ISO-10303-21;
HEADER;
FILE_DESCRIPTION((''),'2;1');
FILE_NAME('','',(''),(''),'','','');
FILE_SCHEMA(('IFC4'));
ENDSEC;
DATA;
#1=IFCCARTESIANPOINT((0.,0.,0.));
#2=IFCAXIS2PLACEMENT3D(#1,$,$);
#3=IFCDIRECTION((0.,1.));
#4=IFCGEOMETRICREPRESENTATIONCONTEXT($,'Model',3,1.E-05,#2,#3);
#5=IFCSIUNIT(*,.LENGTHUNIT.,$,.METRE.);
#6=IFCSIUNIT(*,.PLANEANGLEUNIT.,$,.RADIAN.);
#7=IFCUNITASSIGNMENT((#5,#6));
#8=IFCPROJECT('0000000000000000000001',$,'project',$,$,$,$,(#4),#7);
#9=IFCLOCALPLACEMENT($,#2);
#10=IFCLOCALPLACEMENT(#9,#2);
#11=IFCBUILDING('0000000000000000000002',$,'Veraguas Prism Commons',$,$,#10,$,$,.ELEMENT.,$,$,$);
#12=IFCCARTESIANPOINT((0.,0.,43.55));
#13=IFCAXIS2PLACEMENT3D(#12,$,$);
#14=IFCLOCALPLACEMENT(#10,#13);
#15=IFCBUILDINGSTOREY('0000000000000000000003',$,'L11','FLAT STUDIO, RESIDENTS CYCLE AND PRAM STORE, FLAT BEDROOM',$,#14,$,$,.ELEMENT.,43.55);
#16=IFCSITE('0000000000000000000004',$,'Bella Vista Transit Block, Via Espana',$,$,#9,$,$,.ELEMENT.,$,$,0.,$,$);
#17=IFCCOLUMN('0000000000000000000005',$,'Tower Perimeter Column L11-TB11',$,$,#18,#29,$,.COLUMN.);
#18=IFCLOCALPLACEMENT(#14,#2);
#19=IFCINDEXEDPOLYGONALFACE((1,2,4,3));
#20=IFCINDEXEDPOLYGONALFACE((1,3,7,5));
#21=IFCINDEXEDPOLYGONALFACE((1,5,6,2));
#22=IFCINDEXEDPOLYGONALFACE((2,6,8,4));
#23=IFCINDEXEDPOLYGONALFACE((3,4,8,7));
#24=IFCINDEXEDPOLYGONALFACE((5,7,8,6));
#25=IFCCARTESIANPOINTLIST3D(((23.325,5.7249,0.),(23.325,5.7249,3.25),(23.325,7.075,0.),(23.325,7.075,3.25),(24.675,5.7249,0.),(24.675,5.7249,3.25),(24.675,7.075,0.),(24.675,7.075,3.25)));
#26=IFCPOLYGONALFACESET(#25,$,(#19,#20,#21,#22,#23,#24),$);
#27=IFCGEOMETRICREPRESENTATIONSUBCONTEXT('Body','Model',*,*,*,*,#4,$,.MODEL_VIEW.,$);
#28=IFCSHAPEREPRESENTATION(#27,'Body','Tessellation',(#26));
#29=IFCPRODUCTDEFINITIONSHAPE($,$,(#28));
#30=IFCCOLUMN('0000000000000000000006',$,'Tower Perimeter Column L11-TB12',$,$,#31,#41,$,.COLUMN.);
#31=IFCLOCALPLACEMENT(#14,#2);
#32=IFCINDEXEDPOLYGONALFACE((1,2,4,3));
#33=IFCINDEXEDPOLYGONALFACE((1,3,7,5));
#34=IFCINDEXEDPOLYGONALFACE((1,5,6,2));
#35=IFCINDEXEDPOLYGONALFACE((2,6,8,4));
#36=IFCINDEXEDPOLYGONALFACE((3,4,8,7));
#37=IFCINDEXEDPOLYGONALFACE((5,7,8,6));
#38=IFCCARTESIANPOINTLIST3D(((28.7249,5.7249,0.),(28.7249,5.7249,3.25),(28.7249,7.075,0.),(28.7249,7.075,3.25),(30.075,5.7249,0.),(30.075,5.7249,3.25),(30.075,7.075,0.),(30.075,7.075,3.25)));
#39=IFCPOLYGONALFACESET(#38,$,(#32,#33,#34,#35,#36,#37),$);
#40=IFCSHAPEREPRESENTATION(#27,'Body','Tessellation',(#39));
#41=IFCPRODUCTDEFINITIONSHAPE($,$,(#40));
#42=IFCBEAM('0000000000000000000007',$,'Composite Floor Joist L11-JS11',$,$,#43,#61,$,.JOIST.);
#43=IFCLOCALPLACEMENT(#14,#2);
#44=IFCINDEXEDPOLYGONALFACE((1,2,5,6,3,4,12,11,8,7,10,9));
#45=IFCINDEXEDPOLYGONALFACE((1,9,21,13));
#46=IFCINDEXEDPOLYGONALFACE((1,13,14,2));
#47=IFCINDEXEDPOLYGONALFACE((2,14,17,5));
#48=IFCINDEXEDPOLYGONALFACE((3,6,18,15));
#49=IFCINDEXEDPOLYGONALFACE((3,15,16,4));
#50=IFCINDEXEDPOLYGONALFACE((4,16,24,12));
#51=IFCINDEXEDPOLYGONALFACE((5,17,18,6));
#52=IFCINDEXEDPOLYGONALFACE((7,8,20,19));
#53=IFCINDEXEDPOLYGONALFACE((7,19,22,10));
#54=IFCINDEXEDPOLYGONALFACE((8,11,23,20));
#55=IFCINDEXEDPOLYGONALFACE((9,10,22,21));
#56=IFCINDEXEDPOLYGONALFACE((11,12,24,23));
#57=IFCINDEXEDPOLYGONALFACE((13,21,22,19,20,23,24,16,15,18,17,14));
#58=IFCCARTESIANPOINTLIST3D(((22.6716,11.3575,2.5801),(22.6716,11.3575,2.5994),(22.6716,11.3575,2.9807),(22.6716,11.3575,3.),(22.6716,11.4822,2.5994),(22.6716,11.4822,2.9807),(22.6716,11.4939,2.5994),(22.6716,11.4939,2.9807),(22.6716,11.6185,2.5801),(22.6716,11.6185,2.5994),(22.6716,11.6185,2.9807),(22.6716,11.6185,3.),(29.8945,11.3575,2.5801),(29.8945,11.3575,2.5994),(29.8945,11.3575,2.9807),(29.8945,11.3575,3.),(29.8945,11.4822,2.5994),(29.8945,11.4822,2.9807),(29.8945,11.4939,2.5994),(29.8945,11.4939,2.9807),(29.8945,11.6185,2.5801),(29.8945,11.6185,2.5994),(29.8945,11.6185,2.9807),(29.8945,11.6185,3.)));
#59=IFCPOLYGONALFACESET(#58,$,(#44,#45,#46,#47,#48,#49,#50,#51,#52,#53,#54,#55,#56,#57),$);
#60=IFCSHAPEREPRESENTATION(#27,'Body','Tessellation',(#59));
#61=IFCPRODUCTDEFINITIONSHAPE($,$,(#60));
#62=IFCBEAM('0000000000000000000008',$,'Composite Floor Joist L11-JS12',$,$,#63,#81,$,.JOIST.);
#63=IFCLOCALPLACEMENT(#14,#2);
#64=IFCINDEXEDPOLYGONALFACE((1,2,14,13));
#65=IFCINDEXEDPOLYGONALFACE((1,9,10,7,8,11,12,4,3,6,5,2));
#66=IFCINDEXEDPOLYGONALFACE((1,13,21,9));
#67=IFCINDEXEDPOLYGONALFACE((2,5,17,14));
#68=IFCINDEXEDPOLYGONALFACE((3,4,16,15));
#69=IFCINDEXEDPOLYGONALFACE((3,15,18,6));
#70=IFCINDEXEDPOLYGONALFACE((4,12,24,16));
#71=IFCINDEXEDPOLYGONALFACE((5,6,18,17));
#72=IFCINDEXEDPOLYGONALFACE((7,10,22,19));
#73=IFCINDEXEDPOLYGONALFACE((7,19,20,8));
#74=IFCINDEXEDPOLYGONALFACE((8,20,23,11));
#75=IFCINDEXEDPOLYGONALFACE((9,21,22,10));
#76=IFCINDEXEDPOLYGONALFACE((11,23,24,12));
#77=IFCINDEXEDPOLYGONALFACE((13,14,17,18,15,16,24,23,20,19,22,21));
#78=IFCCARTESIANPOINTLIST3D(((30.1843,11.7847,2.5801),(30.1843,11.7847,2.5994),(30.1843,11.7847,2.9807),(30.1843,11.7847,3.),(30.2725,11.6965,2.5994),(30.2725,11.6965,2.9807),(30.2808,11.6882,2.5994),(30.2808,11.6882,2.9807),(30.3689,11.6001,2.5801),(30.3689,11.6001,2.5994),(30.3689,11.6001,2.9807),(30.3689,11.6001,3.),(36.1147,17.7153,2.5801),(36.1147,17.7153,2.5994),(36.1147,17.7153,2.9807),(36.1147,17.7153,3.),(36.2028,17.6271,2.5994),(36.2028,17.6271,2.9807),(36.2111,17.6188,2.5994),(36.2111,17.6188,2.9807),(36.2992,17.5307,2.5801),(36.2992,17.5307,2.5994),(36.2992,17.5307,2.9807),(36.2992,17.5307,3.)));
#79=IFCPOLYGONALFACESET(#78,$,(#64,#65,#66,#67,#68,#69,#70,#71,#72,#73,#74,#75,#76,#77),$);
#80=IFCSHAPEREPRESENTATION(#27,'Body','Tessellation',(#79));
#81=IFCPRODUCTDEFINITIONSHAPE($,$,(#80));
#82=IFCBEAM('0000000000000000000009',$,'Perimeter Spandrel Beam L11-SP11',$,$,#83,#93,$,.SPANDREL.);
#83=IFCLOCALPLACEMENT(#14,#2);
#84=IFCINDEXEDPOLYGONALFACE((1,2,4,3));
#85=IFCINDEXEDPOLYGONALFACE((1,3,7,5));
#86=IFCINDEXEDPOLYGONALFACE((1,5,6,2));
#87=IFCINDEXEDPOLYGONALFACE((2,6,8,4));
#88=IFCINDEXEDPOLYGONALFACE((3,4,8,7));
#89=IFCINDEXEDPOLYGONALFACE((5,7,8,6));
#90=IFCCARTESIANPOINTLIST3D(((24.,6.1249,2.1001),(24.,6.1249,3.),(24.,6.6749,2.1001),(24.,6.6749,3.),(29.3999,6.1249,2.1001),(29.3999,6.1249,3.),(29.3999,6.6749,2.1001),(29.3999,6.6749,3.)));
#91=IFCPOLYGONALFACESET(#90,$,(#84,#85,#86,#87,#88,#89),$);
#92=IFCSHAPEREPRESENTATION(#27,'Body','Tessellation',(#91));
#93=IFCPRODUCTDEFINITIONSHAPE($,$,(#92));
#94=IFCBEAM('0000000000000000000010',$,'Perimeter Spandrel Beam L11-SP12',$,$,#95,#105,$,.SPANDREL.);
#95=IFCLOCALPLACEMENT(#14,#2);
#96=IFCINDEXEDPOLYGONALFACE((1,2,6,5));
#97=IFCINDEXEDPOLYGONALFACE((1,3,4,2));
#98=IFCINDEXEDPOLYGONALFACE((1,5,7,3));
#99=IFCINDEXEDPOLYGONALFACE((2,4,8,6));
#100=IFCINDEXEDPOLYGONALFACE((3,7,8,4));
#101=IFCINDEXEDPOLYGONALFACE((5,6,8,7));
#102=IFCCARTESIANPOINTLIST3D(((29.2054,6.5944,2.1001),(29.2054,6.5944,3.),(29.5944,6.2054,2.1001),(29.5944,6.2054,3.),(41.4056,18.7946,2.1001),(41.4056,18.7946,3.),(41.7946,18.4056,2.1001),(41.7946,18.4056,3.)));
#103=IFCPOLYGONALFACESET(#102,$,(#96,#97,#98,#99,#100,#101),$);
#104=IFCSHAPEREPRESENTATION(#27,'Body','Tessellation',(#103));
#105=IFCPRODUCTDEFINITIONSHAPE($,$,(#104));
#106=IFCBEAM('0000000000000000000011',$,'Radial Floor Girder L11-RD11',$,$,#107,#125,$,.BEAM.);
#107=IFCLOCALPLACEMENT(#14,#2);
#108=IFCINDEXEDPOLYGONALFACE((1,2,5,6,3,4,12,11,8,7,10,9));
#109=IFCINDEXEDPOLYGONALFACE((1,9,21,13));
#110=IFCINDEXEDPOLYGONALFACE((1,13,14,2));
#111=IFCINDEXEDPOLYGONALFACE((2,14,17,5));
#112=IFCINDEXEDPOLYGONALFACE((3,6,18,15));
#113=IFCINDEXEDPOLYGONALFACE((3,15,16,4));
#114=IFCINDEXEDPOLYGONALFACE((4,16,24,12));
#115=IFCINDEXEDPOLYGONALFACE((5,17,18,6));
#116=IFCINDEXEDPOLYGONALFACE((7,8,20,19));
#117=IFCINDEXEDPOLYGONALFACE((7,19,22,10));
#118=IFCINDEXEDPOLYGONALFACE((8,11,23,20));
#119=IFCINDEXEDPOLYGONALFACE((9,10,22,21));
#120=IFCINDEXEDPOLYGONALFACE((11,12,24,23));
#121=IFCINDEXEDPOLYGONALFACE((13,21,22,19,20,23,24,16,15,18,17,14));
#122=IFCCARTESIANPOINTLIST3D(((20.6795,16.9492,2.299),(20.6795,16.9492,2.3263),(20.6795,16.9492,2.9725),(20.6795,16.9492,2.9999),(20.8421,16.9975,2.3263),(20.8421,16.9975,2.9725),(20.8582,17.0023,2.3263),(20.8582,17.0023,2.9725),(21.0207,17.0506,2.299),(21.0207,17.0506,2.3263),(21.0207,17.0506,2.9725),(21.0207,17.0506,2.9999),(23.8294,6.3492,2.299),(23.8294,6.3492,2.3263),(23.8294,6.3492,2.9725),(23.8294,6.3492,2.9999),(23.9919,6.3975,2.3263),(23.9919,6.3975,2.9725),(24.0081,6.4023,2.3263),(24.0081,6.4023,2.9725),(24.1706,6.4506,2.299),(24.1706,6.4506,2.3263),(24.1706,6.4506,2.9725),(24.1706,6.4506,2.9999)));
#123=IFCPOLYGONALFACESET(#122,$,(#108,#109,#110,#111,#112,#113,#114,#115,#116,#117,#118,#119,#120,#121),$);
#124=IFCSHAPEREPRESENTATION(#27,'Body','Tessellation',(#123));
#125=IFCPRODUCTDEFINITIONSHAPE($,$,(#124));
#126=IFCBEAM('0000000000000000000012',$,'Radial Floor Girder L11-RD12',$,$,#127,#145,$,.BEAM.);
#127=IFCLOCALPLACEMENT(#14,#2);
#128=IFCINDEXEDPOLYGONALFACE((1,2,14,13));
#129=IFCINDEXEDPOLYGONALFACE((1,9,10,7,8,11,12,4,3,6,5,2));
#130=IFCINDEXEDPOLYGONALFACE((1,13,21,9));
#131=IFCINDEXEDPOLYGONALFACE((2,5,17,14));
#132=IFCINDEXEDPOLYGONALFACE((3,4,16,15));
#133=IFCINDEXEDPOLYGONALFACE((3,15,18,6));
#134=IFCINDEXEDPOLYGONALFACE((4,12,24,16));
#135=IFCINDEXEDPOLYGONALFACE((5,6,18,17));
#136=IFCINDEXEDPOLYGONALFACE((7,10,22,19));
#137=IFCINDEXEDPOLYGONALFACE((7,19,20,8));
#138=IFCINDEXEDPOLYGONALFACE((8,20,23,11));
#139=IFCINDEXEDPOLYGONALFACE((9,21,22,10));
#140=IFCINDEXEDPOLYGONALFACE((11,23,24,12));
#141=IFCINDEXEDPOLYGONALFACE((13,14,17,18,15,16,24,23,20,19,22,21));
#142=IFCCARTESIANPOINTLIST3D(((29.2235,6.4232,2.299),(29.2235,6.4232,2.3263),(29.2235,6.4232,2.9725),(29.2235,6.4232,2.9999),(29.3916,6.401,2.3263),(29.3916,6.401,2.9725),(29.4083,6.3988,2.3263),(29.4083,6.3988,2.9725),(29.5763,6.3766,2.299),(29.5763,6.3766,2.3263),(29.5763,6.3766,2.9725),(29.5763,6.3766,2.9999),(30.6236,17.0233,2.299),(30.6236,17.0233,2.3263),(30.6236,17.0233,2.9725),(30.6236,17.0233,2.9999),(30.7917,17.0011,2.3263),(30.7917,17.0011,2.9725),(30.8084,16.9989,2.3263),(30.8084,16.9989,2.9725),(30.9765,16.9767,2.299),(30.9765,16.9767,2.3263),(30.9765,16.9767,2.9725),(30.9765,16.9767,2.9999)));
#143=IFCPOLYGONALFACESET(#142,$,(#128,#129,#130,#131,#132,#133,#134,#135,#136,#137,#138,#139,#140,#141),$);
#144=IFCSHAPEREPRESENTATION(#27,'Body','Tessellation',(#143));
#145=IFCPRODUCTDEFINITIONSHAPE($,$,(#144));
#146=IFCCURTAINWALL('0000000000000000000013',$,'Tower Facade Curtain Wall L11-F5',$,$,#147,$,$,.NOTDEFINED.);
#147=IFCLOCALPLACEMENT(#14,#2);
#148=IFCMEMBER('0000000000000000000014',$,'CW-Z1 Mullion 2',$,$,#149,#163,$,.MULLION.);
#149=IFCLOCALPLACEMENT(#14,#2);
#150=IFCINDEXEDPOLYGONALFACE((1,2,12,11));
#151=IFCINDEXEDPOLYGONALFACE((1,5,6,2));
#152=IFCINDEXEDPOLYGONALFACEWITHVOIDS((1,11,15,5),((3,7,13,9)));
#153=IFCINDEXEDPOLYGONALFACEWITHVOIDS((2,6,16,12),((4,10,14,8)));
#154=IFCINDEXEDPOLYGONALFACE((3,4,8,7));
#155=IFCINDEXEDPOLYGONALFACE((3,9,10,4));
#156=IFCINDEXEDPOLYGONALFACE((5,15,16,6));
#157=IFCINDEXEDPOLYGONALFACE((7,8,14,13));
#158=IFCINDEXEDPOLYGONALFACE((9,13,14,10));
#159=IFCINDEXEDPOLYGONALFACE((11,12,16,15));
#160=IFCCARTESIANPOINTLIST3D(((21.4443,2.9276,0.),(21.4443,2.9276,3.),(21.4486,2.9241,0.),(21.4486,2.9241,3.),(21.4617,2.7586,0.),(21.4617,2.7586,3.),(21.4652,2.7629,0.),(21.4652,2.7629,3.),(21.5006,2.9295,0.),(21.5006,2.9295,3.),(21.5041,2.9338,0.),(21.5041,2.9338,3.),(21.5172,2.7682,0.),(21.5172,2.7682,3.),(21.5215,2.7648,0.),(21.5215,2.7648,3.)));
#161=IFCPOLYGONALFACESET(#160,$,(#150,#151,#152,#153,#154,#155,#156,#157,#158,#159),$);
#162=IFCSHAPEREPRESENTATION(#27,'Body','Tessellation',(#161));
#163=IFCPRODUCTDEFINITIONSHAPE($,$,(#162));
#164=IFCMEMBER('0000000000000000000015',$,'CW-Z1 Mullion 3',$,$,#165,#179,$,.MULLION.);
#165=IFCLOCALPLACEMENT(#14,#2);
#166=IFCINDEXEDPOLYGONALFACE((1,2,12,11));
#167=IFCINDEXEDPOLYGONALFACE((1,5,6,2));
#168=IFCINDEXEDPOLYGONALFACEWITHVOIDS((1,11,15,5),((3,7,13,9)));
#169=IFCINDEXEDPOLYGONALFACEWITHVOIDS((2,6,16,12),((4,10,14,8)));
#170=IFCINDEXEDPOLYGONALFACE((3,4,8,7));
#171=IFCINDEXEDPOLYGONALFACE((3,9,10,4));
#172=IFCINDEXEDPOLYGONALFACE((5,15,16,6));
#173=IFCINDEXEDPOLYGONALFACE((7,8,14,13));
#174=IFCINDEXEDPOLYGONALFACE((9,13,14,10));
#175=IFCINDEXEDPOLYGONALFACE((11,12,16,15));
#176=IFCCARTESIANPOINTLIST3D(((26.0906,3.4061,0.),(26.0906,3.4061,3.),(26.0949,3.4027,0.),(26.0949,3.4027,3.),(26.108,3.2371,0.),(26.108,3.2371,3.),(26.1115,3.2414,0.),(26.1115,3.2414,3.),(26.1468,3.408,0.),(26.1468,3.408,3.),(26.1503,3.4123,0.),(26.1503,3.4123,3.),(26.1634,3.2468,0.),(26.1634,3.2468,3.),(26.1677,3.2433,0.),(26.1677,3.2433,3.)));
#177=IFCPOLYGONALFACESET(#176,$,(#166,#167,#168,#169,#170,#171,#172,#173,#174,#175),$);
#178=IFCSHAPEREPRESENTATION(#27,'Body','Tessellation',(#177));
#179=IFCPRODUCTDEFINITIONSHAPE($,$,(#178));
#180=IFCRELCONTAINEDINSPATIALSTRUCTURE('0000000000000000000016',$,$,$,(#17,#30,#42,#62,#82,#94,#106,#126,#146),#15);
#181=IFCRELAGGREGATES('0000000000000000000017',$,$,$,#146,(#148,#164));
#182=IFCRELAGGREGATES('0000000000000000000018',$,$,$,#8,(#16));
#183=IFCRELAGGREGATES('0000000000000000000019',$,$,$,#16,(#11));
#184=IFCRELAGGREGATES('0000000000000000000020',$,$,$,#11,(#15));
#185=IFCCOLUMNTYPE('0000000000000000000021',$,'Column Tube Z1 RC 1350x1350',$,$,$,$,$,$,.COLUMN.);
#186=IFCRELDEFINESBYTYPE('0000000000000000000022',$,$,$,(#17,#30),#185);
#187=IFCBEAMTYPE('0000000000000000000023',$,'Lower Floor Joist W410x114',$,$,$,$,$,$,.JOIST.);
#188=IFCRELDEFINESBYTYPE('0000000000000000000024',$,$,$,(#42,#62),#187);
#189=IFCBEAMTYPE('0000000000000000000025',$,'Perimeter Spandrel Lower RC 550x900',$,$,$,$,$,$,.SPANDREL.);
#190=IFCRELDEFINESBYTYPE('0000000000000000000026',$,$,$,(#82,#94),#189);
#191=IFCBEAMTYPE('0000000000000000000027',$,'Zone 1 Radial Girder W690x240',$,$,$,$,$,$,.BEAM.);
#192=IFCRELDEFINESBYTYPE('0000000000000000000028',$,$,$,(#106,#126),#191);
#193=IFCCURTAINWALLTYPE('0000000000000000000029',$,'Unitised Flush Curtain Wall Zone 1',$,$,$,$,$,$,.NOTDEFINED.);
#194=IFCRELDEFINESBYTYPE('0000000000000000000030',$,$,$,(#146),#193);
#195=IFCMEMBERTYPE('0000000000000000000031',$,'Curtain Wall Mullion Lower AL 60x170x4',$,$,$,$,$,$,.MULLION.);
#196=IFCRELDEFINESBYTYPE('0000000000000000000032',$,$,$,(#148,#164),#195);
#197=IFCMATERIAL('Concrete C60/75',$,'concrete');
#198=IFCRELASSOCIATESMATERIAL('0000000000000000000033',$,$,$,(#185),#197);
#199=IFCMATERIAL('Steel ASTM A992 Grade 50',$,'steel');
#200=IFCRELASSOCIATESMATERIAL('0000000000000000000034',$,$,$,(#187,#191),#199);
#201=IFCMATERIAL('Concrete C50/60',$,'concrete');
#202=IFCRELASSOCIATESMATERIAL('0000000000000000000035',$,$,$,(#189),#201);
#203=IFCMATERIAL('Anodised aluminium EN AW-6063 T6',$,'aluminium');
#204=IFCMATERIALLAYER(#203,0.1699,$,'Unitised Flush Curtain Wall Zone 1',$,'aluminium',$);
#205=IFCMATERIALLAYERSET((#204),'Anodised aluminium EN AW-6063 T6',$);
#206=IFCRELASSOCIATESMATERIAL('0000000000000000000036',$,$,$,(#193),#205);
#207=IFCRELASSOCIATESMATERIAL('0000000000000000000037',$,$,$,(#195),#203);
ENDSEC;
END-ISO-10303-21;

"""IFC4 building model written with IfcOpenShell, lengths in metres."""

from ifc_helpers import new_model, si_unit, direction, frame, origin, origin_2d, place, context, subcontext, project, spatial, rectangle, hollow_rectangle, i_section, extrude, source, transform, mapped, material, layer, layer_set, material_profile, profile_set, type_object, element, aggregate, save


model = new_model("IFC4")

# Units and contexts
model_context = context("Model", 3, precision=1e-05, world=origin(), true_north=direction((0.0, 1.0)))
body_context = subcontext(model_context, "Body", "Model", "MODEL_VIEW")
ifc_project = project(units=[si_unit("LENGTHUNIT", "METRE"), si_unit("PLANEANGLEUNIT", "RADIAN")], contexts=[model_context])

# Site, building, storey
site_placement = place(None, origin())
site = spatial("IfcSite", under=ifc_project, at=site_placement, Name="Bella Vista Transit Block, Via Espana", CompositionType="ELEMENT", RefElevation=0.0)
building_placement = place(site_placement, origin())
building = spatial("IfcBuilding", under=site, at=building_placement, Name="Veraguas Prism Commons", CompositionType="ELEMENT")
storey_placement = place(building_placement, frame((0.0, 0.0, 43.55)))
storey = spatial("IfcBuildingStorey", under=building, at=storey_placement, Name="L11", Description="FLAT STUDIO, RESIDENTS CYCLE AND PRAM STORE, FLAT BEDROOM", CompositionType="ELEMENT", Elevation=43.55)

# Columns
ifc_material_1 = material(Name="Concrete C60/75", Category="concrete")
ifc_material_profile_1 = material_profile(ifc_material_1, rectangle(XDim=1.3501, YDim=1.3501, at=origin_2d()), Name="RC1350X1350")
ifc_profile_set_1 = profile_set([ifc_material_profile_1], Name="Concrete C60/75")
column_type = type_object("IfcColumnType", Name="Column Tube Z1 RC 1350x1350", PredefinedType="COLUMN", material=ifc_profile_set_1)
for number, where, z_axis, x_axis, name in (
    (1, (24.0, 6.3999, 0.0), (0.0, 0.0, 1.0), (1.0, 0.0, 0.0), "Tower Perimeter Column L11-TB11"),
    (2, (29.3999, 6.3999, 0.0), (0.0, 0.0, 1.0), (1.0, 0.0, 0.0), "Tower Perimeter Column L11-TB12"),
):
    element("IfcColumn", number, at=place(storey_placement, frame(where, z_axis=z_axis, x_axis=x_axis)), inside=storey, type_object=column_type, Name=name, PredefinedType="COLUMN", context=body_context, shape_type="SweptSolid", body=[
        extrude(rectangle(XDim=1.3501, YDim=1.3501, at=origin_2d()), origin(), (0.0, 0.0, 1.0), 3.25),
    ])

# Beams
ifc_material_2 = material(Name="Steel ASTM A992 Grade 50", Category="steel")
ifc_material_profile_2 = material_profile(ifc_material_2, i_section(OverallWidth=0.261, OverallDepth=0.4199, WebThickness=0.0117, FlangeThickness=0.0193, at=origin_2d()), Name="W410X114")
ifc_profile_set_2 = profile_set([ifc_material_profile_2], Name="Steel ASTM A992 Grade 50")
beam_type_1 = type_object("IfcBeamType", Name="Lower Floor Joist W410x114", PredefinedType="JOIST", material=ifc_profile_set_2)
beam_1_placement = place(storey_placement, frame((22.6716, 11.488, 2.79), z_axis=(1.0, 0.0, 0.0), x_axis=(0.0, 1.0, 0.0)))
element("IfcBeam", 3, at=beam_1_placement, inside=storey, type_object=beam_type_1, Name="Composite Floor Joist L11-JS11", PredefinedType="JOIST", context=body_context, shape_type="SweptSolid", body=[
    extrude(i_section(OverallWidth=0.261, OverallDepth=0.4199, WebThickness=0.0117, FlangeThickness=0.0193, at=origin_2d()), origin(), (0.0, 0.0, 1.0), 7.2229),
])
beam_2_placement = place(storey_placement, frame((30.2766, 11.6924, 2.79), z_axis=(0.707092, 0.707121, 0.0), x_axis=(-0.707121, 0.707092, 0.0)))
element("IfcBeam", 4, at=beam_2_placement, inside=storey, type_object=beam_type_1, Name="Composite Floor Joist L11-JS12", PredefinedType="JOIST", context=body_context, shape_type="SweptSolid", body=[
    extrude(i_section(OverallWidth=0.261, OverallDepth=0.4199, WebThickness=0.0117, FlangeThickness=0.0193, at=origin_2d()), origin(), (0.0, 0.0, 1.0), 8.387),
])
ifc_material_3 = material(Name="Concrete C50/60", Category="concrete")
ifc_material_profile_3 = material_profile(ifc_material_3, rectangle(XDim=0.55, YDim=0.8999, at=origin_2d()), Name="RC550X900")
ifc_profile_set_3 = profile_set([ifc_material_profile_3], Name="Concrete C50/60")
beam_type_2 = type_object("IfcBeamType", Name="Perimeter Spandrel Lower RC 550x900", PredefinedType="SPANDREL", material=ifc_profile_set_3)
beam_3_placement = place(storey_placement, frame((24.0, 6.3999, 2.55), z_axis=(1.0, 0.0, 0.0), x_axis=(0.0, 1.0, 0.0)))
element("IfcBeam", 5, at=beam_3_placement, inside=storey, type_object=beam_type_2, Name="Perimeter Spandrel Beam L11-SP11", PredefinedType="SPANDREL", context=body_context, shape_type="SweptSolid", body=[
    extrude(rectangle(XDim=0.55, YDim=0.8999, at=origin_2d()), origin(), (0.0, 0.0, 1.0), 5.3999),
])
beam_4_placement = place(storey_placement, frame((29.3999, 6.3999, 2.55), z_axis=(0.707107, 0.707107, 0.0), x_axis=(-0.707107, 0.707107, 0.0)))
element("IfcBeam", 6, at=beam_4_placement, inside=storey, type_object=beam_type_2, Name="Perimeter Spandrel Beam L11-SP12", PredefinedType="SPANDREL", context=body_context, shape_type="SweptSolid", body=[
    extrude(rectangle(XDim=0.55, YDim=0.8999, at=origin_2d()), origin(), (0.0, 0.0, 1.0), 17.2537),
])
ifc_material_profile_4 = material_profile(ifc_material_2, i_section(OverallWidth=0.356, OverallDepth=0.7009, WebThickness=0.0168, FlangeThickness=0.0273, at=origin_2d()), Name="W690X240")
ifc_profile_set_4 = profile_set([ifc_material_profile_4], Name="Steel ASTM A992 Grade 50")
beam_type_3 = type_object("IfcBeamType", Name="Zone 1 Radial Girder W690x240", PredefinedType="BEAM", material=ifc_profile_set_4)
beam_5_placement = place(storey_placement, frame((24.0, 6.3999, 2.6494), z_axis=(-0.284847, 0.958573, 0.0), x_axis=(-0.958573, -0.284847, 0.0)))
element("IfcBeam", 7, at=beam_5_placement, inside=storey, type_object=beam_type_3, Name="Radial Floor Girder L11-RD11", PredefinedType="BEAM", context=body_context, shape_type="SweptSolid", body=[
    extrude(i_section(OverallWidth=0.356, OverallDepth=0.7009, WebThickness=0.0168, FlangeThickness=0.0273, at=origin_2d()), origin(), (0.0, 0.0, 1.0), 11.0581),
])
beam_6_placement = place(storey_placement, frame((29.3999, 6.3999, 2.6494), z_axis=(0.130951, 0.991389, 0.0), x_axis=(-0.991389, 0.130951, 0.0)))
element("IfcBeam", 8, at=beam_6_placement, inside=storey, type_object=beam_type_3, Name="Radial Floor Girder L11-RD12", PredefinedType="BEAM", context=body_context, shape_type="SweptSolid", body=[
    extrude(i_section(OverallWidth=0.356, OverallDepth=0.7009, WebThickness=0.0168, FlangeThickness=0.0273, at=origin_2d()), origin(), (0.0, 0.0, 1.0), 10.6921),
])

# Curtain wall, members
ifc_material_4 = material(Name="Anodised aluminium EN AW-6063 T6", Category="aluminium")
ifc_layer_1 = layer(ifc_material_4, 0.1699, Name="Unitised Flush Curtain Wall Zone 1", Category="aluminium")
ifc_layer_set_1 = layer_set([ifc_layer_1], Name="Anodised aluminium EN AW-6063 T6")
curtain_wall_type = type_object("IfcCurtainWallType", Name="Unitised Flush Curtain Wall Zone 1", PredefinedType="NOTDEFINED", material=ifc_layer_set_1)
curtain_wall_placement = place(storey_placement, origin())
curtain_wall = element("IfcCurtainWall", 9, at=curtain_wall_placement, inside=storey, type_object=curtain_wall_type, Name="Tower Facade Curtain Wall L11-F5", PredefinedType="NOTDEFINED")
ifc_material_profile_5 = material_profile(ifc_material_4, hollow_rectangle(XDim=0.0601, YDim=0.1699, WallThickness=0.0039, at=origin_2d()), Name="AL60X170X4")
ifc_profile_set_5 = profile_set([ifc_material_profile_5], Name="Anodised aluminium EN AW-6063 T6")
member_type = type_object("IfcMemberType", Name="Curtain Wall Mullion Lower AL 60x170x4", PredefinedType="MULLION", material=ifc_profile_set_5)
shared_shape_1 = source(origin(), body_context, "Body", "SweptSolid", [
    extrude(hollow_rectangle(XDim=0.0601, YDim=0.1699, WallThickness=0.0039, at=origin_2d()), origin(), (0.0, 0.0, 1.0), 3.0),
])
member_1_placement = place(storey_placement, frame((21.4829, 2.8462, 0.0), z_axis=(0.0, 0.0, 1.0), x_axis=(0.994738, 0.102447, 0.0)))
member_1 = element("IfcMember", 10, at=member_1_placement, type_object=member_type, Name="CW-Z1 Mullion 2", PredefinedType="MULLION", context=body_context, shape_type="MappedRepresentation", body=[
    mapped(shared_shape_1, transform((0.0, 0.0, 0.0), scale=1.0)),
])
member_2_placement = place(storey_placement, frame((26.1292, 3.3247, 0.0), z_axis=(0.0, 0.0, 1.0), x_axis=(0.994738, 0.102447, 0.0)))
member_2 = element("IfcMember", 11, at=member_2_placement, type_object=member_type, Name="CW-Z1 Mullion 3", PredefinedType="MULLION", context=body_context, shape_type="MappedRepresentation", body=[
    mapped(shared_shape_1, transform((0.0, 0.0, 0.0), scale=1.0)),
])
aggregate(curtain_wall, [member_1, member_2])

save(model, "model.ifc")
